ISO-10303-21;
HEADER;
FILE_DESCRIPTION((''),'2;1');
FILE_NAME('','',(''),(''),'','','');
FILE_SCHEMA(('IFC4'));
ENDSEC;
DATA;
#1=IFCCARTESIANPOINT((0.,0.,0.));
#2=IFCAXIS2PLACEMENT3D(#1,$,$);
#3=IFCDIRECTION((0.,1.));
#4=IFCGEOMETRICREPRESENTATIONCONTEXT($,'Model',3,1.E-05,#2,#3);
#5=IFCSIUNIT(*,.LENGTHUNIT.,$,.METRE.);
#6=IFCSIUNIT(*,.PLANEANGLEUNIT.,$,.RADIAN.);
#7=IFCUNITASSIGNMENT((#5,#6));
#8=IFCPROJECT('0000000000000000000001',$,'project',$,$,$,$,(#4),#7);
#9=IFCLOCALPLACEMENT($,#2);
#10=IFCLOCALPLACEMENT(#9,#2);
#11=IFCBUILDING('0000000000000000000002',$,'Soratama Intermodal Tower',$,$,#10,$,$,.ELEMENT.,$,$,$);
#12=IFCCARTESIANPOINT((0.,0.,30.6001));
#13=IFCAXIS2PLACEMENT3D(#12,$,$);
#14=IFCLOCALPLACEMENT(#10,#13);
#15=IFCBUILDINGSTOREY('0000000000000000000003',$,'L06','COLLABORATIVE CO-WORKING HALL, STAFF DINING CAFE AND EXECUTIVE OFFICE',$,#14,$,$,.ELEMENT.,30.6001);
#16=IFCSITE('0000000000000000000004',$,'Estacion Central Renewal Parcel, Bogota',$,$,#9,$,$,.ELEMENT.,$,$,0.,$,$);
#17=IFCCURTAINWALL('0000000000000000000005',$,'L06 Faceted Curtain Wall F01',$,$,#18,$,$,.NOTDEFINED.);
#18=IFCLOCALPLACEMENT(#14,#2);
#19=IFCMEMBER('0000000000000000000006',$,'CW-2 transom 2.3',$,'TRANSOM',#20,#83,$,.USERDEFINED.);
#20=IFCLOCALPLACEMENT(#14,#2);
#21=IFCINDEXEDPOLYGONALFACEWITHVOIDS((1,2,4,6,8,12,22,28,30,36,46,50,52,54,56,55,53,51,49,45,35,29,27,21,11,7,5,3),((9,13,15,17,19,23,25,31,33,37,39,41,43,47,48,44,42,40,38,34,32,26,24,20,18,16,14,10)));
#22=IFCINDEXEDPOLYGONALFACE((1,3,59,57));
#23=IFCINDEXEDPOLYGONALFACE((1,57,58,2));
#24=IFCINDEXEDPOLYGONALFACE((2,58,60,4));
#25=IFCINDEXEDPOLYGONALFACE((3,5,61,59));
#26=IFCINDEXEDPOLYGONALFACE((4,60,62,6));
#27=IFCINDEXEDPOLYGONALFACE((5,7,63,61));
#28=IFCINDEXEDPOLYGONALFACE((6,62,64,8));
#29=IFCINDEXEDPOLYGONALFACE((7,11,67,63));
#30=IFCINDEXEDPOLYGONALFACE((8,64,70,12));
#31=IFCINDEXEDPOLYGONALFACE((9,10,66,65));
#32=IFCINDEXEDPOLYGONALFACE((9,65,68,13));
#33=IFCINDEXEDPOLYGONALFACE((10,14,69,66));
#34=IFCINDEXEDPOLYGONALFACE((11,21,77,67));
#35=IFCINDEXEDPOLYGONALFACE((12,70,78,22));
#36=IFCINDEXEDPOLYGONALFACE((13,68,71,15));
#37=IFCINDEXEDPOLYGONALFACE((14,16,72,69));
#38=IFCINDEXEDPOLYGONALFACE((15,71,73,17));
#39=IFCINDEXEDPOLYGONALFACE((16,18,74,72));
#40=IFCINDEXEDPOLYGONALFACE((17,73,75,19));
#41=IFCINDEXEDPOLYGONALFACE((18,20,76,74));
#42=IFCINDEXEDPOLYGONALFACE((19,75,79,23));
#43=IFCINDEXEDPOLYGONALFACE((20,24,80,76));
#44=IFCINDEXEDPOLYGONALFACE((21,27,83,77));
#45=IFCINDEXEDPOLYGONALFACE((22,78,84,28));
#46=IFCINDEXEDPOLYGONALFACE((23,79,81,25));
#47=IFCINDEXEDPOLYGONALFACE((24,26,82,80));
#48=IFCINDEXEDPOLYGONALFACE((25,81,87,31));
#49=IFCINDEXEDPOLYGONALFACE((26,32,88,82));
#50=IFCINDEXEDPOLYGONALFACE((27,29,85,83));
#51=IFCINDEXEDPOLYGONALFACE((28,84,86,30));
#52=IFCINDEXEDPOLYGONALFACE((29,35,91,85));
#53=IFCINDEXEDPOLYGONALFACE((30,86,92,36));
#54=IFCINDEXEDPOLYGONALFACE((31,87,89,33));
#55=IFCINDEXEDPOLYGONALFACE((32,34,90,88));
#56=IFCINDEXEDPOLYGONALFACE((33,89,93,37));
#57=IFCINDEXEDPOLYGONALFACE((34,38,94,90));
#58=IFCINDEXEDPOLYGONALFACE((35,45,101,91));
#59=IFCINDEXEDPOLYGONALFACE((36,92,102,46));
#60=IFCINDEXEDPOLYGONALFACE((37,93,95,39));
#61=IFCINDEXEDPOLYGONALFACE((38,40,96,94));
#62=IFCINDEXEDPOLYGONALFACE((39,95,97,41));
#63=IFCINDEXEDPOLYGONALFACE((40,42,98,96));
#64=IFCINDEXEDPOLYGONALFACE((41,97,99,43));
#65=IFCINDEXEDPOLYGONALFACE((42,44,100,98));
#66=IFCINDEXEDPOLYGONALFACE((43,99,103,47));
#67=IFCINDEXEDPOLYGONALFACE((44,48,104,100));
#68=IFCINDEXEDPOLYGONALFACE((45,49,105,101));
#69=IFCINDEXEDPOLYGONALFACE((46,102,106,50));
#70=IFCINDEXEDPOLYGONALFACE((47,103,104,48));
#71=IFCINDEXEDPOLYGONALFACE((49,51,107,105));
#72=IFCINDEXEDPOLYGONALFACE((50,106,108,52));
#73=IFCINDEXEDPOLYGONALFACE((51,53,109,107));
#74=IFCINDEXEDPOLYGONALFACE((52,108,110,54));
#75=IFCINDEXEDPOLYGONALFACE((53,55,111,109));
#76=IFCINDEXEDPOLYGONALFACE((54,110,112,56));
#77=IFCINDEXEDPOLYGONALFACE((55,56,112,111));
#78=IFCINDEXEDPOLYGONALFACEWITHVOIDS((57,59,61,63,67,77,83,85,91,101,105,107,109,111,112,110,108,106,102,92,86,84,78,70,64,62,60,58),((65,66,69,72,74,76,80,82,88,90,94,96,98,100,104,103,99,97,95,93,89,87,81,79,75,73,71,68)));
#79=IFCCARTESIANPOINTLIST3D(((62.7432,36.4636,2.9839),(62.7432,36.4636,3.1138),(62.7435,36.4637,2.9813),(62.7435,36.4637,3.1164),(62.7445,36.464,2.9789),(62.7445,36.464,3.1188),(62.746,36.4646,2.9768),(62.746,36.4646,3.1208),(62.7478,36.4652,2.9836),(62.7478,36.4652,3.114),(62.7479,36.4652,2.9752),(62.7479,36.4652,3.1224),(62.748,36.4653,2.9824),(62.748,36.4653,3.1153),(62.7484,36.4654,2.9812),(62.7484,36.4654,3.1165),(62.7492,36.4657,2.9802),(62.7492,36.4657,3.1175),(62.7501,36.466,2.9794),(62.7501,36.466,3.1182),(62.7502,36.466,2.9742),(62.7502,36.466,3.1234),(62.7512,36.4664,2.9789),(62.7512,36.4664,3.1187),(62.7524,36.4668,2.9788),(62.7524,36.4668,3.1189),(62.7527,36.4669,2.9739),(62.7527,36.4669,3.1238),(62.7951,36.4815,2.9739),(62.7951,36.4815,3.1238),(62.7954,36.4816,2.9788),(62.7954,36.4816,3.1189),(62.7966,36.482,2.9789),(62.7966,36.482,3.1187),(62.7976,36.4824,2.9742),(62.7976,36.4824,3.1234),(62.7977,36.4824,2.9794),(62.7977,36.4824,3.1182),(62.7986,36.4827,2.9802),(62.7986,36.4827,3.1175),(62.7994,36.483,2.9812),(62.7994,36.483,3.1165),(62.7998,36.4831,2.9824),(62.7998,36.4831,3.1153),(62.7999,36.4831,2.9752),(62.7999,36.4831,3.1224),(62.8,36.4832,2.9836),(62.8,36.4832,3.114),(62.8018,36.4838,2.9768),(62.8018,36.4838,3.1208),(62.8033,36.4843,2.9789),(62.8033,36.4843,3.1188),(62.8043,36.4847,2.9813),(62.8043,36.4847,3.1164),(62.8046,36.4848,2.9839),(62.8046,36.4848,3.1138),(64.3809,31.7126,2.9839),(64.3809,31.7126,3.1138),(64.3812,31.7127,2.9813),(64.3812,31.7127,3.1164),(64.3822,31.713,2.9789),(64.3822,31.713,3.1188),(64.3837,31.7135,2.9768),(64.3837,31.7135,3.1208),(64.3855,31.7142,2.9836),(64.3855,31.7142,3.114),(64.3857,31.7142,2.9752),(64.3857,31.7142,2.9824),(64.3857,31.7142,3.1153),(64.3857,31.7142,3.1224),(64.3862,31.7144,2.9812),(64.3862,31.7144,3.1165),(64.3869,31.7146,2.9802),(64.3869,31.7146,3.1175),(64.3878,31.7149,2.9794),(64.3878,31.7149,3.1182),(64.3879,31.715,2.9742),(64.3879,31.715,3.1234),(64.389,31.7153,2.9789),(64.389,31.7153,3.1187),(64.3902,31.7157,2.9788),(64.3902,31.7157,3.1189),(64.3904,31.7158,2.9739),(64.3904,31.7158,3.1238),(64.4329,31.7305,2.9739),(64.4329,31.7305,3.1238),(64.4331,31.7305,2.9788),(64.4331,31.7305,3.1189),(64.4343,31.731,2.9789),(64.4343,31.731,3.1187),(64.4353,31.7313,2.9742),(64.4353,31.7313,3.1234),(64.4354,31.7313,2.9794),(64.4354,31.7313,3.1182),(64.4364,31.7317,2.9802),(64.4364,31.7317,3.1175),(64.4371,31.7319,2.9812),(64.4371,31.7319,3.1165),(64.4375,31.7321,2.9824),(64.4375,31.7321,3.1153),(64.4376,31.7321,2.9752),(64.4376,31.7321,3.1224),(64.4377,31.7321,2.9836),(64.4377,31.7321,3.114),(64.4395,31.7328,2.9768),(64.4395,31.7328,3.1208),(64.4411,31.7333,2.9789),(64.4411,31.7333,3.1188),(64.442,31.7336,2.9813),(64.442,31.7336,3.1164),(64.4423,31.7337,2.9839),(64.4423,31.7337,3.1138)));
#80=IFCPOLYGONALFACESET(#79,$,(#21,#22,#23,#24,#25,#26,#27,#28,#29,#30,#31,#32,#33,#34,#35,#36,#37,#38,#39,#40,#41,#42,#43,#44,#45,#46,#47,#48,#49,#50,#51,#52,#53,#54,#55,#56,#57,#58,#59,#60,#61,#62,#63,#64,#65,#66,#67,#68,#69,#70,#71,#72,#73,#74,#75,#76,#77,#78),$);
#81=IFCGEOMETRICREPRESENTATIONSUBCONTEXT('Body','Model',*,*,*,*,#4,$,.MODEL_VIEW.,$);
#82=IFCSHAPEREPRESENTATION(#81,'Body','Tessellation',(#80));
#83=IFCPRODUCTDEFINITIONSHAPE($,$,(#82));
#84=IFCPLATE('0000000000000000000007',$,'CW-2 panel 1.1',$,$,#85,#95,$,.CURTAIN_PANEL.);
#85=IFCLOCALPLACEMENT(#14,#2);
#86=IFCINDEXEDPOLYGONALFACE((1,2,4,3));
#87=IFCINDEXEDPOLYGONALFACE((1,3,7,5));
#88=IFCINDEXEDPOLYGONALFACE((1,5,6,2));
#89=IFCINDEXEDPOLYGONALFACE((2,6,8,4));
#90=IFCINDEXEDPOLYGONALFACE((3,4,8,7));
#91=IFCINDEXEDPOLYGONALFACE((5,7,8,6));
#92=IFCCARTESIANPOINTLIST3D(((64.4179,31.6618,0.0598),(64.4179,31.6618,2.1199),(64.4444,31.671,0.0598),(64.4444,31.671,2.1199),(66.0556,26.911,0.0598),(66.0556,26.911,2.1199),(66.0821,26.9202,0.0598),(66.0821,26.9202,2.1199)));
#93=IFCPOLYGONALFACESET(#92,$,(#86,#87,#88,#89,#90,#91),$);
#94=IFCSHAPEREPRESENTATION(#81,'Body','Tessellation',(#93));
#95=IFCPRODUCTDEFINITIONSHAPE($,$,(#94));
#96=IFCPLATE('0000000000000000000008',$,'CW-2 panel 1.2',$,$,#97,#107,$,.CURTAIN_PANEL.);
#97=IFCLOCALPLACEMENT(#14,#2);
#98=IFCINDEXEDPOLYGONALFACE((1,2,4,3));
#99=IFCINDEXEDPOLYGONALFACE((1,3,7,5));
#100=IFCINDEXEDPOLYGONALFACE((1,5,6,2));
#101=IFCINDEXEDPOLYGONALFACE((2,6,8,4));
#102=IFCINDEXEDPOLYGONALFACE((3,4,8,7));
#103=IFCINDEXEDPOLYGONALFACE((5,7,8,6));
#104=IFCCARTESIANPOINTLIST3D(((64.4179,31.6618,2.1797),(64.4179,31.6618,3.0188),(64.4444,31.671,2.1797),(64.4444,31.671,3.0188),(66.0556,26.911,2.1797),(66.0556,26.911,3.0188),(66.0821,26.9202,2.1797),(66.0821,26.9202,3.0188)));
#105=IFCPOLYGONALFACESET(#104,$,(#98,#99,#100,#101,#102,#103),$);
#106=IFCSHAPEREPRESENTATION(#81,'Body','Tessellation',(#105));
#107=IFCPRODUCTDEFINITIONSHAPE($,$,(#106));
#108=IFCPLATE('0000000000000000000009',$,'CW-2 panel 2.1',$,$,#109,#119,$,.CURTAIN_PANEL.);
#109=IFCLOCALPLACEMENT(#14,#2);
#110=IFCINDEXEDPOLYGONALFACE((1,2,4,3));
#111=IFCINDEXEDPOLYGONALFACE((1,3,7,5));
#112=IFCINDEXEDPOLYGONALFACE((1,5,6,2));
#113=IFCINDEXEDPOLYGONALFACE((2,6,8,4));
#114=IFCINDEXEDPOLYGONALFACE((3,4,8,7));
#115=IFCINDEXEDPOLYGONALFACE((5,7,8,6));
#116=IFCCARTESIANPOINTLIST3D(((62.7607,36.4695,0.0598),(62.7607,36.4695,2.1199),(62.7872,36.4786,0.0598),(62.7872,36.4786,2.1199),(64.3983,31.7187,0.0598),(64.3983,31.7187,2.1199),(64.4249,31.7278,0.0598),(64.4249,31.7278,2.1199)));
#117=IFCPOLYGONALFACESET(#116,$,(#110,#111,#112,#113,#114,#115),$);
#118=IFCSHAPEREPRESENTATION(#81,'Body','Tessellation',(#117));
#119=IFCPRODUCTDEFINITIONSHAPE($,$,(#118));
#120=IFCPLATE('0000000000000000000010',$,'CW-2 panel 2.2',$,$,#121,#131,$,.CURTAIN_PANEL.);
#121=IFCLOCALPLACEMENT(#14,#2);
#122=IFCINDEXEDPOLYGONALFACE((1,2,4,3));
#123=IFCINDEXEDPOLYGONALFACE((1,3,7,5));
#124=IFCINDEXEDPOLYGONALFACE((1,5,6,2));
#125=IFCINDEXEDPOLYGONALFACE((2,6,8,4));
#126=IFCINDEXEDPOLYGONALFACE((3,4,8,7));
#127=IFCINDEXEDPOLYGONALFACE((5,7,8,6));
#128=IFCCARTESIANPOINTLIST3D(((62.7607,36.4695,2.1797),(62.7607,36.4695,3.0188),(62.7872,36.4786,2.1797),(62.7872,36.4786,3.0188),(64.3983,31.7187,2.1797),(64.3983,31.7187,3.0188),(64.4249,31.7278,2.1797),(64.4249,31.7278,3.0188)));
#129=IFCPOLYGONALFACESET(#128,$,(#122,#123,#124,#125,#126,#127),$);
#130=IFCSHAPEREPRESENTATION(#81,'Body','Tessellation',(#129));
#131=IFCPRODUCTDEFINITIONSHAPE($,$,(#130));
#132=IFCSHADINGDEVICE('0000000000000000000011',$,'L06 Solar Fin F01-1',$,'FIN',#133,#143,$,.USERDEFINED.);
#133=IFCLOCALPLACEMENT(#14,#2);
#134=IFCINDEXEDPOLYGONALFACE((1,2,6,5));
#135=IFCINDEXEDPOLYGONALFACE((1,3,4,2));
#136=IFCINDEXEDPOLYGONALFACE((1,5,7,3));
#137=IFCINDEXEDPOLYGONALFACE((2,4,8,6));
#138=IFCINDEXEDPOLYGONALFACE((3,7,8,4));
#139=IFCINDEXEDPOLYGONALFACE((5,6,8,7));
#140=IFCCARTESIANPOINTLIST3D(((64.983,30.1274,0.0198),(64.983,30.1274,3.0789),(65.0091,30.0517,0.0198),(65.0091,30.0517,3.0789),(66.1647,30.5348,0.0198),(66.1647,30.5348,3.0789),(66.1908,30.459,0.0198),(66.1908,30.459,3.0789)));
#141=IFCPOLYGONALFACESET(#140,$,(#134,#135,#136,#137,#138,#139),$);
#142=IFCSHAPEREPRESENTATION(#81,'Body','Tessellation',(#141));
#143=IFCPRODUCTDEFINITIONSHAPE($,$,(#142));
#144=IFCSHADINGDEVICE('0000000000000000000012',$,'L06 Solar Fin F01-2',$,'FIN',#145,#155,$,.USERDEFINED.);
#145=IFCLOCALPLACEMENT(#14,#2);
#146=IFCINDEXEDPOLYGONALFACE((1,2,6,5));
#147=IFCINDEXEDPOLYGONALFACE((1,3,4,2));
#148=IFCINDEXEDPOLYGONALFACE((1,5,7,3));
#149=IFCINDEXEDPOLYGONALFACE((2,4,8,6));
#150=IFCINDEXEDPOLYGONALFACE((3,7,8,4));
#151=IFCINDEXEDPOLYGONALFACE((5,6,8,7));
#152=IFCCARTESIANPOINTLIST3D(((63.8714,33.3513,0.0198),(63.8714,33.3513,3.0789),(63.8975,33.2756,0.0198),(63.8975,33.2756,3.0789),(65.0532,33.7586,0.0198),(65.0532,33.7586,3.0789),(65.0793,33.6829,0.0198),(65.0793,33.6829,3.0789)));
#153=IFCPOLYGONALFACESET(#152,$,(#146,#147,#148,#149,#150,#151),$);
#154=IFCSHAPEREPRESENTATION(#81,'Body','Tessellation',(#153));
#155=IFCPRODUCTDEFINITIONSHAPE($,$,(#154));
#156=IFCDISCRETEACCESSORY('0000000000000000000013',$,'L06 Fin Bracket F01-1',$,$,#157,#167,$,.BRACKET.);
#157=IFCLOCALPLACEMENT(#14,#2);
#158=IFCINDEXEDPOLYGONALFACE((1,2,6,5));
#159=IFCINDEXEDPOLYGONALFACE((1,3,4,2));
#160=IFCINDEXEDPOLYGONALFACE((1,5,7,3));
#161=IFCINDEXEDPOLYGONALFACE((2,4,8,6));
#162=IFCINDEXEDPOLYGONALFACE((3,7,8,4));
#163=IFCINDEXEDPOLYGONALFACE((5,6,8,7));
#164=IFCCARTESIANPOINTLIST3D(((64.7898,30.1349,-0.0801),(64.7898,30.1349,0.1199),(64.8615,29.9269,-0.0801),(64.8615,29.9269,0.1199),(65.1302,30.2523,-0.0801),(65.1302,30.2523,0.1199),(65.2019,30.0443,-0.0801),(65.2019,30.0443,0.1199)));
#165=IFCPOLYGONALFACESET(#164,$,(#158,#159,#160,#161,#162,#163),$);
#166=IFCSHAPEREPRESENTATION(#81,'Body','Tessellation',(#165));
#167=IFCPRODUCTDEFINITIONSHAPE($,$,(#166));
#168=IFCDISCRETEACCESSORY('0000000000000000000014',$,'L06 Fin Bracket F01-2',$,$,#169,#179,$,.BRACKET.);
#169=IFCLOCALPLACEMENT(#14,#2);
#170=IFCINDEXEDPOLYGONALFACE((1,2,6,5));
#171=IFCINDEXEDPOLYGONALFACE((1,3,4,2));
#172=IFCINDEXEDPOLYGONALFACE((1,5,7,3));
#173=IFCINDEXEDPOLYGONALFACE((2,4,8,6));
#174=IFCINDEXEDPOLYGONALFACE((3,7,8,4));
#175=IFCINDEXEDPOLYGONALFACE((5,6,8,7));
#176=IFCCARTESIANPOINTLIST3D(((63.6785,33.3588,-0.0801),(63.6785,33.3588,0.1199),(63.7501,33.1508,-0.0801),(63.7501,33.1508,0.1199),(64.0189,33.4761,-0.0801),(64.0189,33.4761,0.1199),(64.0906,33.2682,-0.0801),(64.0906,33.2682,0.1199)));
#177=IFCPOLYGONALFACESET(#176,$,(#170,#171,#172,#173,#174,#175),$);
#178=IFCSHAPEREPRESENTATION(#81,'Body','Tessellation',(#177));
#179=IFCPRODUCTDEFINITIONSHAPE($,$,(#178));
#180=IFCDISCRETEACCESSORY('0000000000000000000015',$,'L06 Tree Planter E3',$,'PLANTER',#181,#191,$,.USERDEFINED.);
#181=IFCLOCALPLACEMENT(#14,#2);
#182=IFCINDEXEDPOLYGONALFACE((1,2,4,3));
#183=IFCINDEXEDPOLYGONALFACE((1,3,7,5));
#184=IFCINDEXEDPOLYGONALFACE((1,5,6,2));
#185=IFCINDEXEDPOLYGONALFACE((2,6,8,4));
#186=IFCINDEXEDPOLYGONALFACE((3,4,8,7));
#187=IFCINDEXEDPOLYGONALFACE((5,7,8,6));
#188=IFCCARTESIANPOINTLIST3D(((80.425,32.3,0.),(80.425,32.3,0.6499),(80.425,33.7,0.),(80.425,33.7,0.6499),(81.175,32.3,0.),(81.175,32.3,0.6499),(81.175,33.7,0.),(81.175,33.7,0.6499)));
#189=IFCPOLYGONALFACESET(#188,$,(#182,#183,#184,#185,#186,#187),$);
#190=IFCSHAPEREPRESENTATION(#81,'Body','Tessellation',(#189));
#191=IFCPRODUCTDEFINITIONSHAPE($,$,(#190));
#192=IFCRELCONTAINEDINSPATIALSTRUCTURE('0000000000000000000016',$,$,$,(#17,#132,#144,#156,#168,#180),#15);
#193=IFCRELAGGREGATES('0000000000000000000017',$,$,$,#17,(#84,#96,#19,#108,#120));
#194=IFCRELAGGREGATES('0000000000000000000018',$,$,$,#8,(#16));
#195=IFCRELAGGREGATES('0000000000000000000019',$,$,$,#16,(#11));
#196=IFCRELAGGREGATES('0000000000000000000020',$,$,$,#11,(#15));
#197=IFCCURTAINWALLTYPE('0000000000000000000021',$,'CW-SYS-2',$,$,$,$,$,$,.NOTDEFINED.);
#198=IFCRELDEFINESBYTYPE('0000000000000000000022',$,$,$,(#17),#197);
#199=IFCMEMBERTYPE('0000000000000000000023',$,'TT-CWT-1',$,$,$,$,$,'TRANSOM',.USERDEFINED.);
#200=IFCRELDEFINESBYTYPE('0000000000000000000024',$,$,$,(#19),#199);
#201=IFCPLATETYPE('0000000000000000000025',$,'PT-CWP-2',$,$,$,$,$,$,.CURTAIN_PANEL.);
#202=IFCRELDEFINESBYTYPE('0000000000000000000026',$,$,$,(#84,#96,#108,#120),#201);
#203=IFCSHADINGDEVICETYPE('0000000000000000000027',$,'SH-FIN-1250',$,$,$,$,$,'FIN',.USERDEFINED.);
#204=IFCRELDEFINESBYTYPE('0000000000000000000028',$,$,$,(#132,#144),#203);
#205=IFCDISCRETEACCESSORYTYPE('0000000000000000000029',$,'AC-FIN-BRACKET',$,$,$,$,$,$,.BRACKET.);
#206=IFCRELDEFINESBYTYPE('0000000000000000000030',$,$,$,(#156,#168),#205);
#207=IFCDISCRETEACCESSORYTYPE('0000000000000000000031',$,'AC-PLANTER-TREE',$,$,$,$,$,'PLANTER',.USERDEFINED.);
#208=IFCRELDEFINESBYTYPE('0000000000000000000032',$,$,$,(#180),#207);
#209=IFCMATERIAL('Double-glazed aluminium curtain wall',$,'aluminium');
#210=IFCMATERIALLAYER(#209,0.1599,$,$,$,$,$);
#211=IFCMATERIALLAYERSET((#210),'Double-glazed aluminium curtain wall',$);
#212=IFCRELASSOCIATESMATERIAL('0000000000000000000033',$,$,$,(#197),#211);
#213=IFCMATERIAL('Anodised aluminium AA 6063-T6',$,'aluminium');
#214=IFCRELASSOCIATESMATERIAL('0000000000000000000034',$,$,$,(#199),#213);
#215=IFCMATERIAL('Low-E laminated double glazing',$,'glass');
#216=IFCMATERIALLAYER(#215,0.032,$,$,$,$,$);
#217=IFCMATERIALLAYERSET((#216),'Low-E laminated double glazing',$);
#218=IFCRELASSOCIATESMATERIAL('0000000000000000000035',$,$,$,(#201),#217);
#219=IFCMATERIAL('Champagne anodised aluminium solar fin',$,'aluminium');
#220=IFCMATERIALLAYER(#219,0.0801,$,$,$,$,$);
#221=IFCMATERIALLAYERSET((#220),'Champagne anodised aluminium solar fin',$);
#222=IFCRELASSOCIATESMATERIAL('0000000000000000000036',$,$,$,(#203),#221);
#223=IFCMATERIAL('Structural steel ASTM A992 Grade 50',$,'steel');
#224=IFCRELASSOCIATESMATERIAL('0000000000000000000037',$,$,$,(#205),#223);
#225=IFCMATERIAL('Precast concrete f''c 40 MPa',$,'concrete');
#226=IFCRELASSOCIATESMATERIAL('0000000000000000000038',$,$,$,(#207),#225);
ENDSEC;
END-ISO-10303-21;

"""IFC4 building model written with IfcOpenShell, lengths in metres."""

from ifc_helpers import new_model, si_unit, direction, frame, origin, origin_2d, place, context, subcontext, project, spatial, rectangle, hollow_rectangle, extrude, material, layer, layer_set, material_profile, profile_set, type_object, element, aggregate, save


model = new_model("IFC4")

# Units and contexts
model_context = context("Model", 3, precision=1e-05, world=origin(), true_north=direction((0.0, 1.0)))
body_context = subcontext(model_context, "Body", "Model", "MODEL_VIEW")
ifc_project = project(units=[si_unit("LENGTHUNIT", "METRE"), si_unit("PLANEANGLEUNIT", "RADIAN")], contexts=[model_context])

# Site, building, storey
site_placement = place(None, origin())
site = spatial("IfcSite", under=ifc_project, at=site_placement, Name="Estacion Central Renewal Parcel, Bogota", CompositionType="ELEMENT", RefElevation=0.0)
building_placement = place(site_placement, origin())
building = spatial("IfcBuilding", under=site, at=building_placement, Name="Soratama Intermodal Tower", CompositionType="ELEMENT")
storey_placement = place(building_placement, frame((0.0, 0.0, 30.6001)))
storey = spatial("IfcBuildingStorey", under=building, at=storey_placement, Name="L06", Description="COLLABORATIVE CO-WORKING HALL, STAFF DINING CAFE AND EXECUTIVE OFFICE", CompositionType="ELEMENT", Elevation=30.6001)

# Curtain wall, member, plates
ifc_material_1 = material(Name="Double-glazed aluminium curtain wall", Category="aluminium")
ifc_layer_1 = layer(ifc_material_1, 0.1599)
ifc_layer_set_1 = layer_set([ifc_layer_1], Name="Double-glazed aluminium curtain wall")
curtain_wall_type = type_object("IfcCurtainWallType", Name="CW-SYS-2", PredefinedType="NOTDEFINED", material=ifc_layer_set_1)
curtain_wall_placement = place(storey_placement, origin())
curtain_wall = element("IfcCurtainWall", 1, at=curtain_wall_placement, inside=storey, type_object=curtain_wall_type, Name="L06 Faceted Curtain Wall F01", PredefinedType="NOTDEFINED")
ifc_material_2 = material(Name="Anodised aluminium AA 6063-T6", Category="aluminium")
ifc_material_profile_1 = material_profile(ifc_material_2, hollow_rectangle(XDim=0.0649, YDim=0.1499, WallThickness=0.0049, InnerFilletRadius=0.0049, OuterFilletRadius=0.01, at=origin_2d()), Name="CWT150X65X5")
ifc_profile_set_1 = profile_set([ifc_material_profile_1], Name="Anodised aluminium AA 6063-T6")
member_type_1 = type_object("IfcMemberType", Name="TT-CWT-1", ElementType="TRANSOM", PredefinedType="USERDEFINED", material=ifc_profile_set_1)
member_1_placement = place(storey_placement, frame((64.4116, 31.7231, 3.0488), z_axis=(-0.325889, 0.945408, 0.0), x_axis=(-0.945408, -0.325889, 0.0)))
member_1 = element("IfcMember", 2, at=member_1_placement, type_object=member_type_1, Name="CW-2 transom 2.3", ObjectType="TRANSOM", PredefinedType="USERDEFINED", context=body_context, shape_type="SweptSolid", body=[
    extrude(hollow_rectangle(XDim=0.0649, YDim=0.1499, WallThickness=0.0049, InnerFilletRadius=0.0049, OuterFilletRadius=0.01, at=origin_2d()), origin(), (0.0, 0.0, 1.0), 5.0254),
])
ifc_material_3 = material(Name="Low-E laminated double glazing", Category="glass")
ifc_layer_2 = layer(ifc_material_3, 0.032)
ifc_layer_set_2 = layer_set([ifc_layer_2], Name="Low-E laminated double glazing")
plate_type = type_object("IfcPlateType", Name="PT-CWP-2", PredefinedType="CURTAIN_PANEL", material=ifc_layer_set_2)
plate_1_placement = place(storey_placement, frame((65.25, 29.291, 0.0598), z_axis=(0.0, 0.0, 1.0), x_axis=(-0.325894, 0.945406, 0.0)))
plate_1 = element("IfcPlate", 3, at=plate_1_placement, type_object=plate_type, Name="CW-2 panel 1.1", PredefinedType="CURTAIN_PANEL", context=body_context, shape_type="SweptSolid", body=[
    extrude(rectangle(XDim=5.0251, YDim=0.0281, at=origin_2d()), origin(), (0.0, 0.0, 1.0), 2.0601),
])
plate_2_placement = place(storey_placement, frame((65.25, 29.291, 2.1797), z_axis=(0.0, 0.0, 1.0), x_axis=(-0.325894, 0.945406, 0.0)))
plate_2 = element("IfcPlate", 4, at=plate_2_placement, type_object=plate_type, Name="CW-2 panel 1.2", PredefinedType="CURTAIN_PANEL", context=body_context, shape_type="SweptSolid", body=[
    extrude(rectangle(XDim=5.0251, YDim=0.0281, at=origin_2d()), origin(), (0.0, 0.0, 1.0), 0.8391),
])
plate_3_placement = place(storey_placement, frame((63.5928, 34.0986, 0.0598), z_axis=(0.0, 0.0, 1.0), x_axis=(-0.325894, 0.945406, 0.0)))
plate_3 = element("IfcPlate", 5, at=plate_3_placement, type_object=plate_type, Name="CW-2 panel 2.1", PredefinedType="CURTAIN_PANEL", context=body_context, shape_type="SweptSolid", body=[
    extrude(rectangle(XDim=5.0251, YDim=0.0281, at=origin_2d()), origin(), (0.0, 0.0, 1.0), 2.0601),
])
plate_4_placement = place(storey_placement, frame((63.5928, 34.0986, 2.1797), z_axis=(0.0, 0.0, 1.0), x_axis=(-0.325894, 0.945406, 0.0)))
plate_4 = element("IfcPlate", 6, at=plate_4_placement, type_object=plate_type, Name="CW-2 panel 2.2", PredefinedType="CURTAIN_PANEL", context=body_context, shape_type="SweptSolid", body=[
    extrude(rectangle(XDim=5.0251, YDim=0.0281, at=origin_2d()), origin(), (0.0, 0.0, 1.0), 0.8391),
])
aggregate(curtain_wall, [plate_1, plate_2, member_1, plate_3, plate_4])

# Shading devices
ifc_material_4 = material(Name="Champagne anodised aluminium solar fin", Category="aluminium")
ifc_layer_3 = layer(ifc_material_4, 0.0801)
ifc_layer_set_3 = layer_set([ifc_layer_3], Name="Champagne anodised aluminium solar fin")
shading_device_type = type_object("IfcShadingDeviceType", Name="SH-FIN-1250", ElementType="FIN", PredefinedType="USERDEFINED", material=ifc_layer_set_3)
for number, where, z_axis, x_axis, name in (
    (7, (65.5869, 30.2932, 0.0198), (0.0, 0.0, 1.0), (0.945405, 0.325898, 0.0), "L06 Solar Fin F01-1"),
    (8, (64.4753, 33.5171, 0.0198), (0.0, 0.0, 1.0), (0.945405, 0.325898, 0.0), "L06 Solar Fin F01-2"),
):
    element("IfcShadingDevice", number, at=place(storey_placement, frame(where, z_axis=z_axis, x_axis=x_axis)), inside=storey, type_object=shading_device_type, Name=name, ObjectType="FIN", PredefinedType="USERDEFINED", context=body_context, shape_type="SweptSolid", body=[
        extrude(rectangle(XDim=1.25, YDim=0.0801, at=origin_2d()), origin(), (0.0, 0.0, 1.0), 3.0591),
    ])

# Discrete accessories
ifc_material_5 = material(Name="Structural steel ASTM A992 Grade 50", Category="steel")
discrete_accessory_type_1 = type_object("IfcDiscreteAccessoryType", Name="AC-FIN-BRACKET", PredefinedType="BRACKET", material=ifc_material_5)
for number, where, z_axis, x_axis, name in (
    (9, (64.9958, 30.0896, -0.0801), (0.0, 0.0, 1.0), (0.945405, 0.325898, 0.0), "L06 Fin Bracket F01-1"),
    (10, (63.8845, 33.3135, -0.0801), (0.0, 0.0, 1.0), (0.945405, 0.325898, 0.0), "L06 Fin Bracket F01-2"),
):
    element("IfcDiscreteAccessory", number, at=place(storey_placement, frame(where, z_axis=z_axis, x_axis=x_axis)), inside=storey, type_object=discrete_accessory_type_1, Name=name, PredefinedType="BRACKET", context=body_context, shape_type="SweptSolid", body=[
        extrude(rectangle(XDim=0.3601, YDim=0.22, at=origin_2d()), origin(), (0.0, 0.0, 1.0), 0.2),
    ])
ifc_material_6 = material(Name="Precast concrete f'c 40 MPa", Category="concrete")
discrete_accessory_type_2 = type_object("IfcDiscreteAccessoryType", Name="AC-PLANTER-TREE", ElementType="PLANTER", PredefinedType="USERDEFINED", material=ifc_material_6)
discrete_accessory_placement = place(storey_placement, frame((80.8, 33.0, 0.0), z_axis=(0.0, 0.0, 1.0), x_axis=(1.0, 0.0, 0.0)))
element("IfcDiscreteAccessory", 11, at=discrete_accessory_placement, inside=storey, type_object=discrete_accessory_type_2, Name="L06 Tree Planter E3", ObjectType="PLANTER", PredefinedType="USERDEFINED", context=body_context, shape_type="SweptSolid", body=[
    extrude(rectangle(XDim=0.75, YDim=1.3999, at=origin_2d()), origin(), (0.0, 0.0, 1.0), 0.6499),
])

save(model, "model.ifc")
